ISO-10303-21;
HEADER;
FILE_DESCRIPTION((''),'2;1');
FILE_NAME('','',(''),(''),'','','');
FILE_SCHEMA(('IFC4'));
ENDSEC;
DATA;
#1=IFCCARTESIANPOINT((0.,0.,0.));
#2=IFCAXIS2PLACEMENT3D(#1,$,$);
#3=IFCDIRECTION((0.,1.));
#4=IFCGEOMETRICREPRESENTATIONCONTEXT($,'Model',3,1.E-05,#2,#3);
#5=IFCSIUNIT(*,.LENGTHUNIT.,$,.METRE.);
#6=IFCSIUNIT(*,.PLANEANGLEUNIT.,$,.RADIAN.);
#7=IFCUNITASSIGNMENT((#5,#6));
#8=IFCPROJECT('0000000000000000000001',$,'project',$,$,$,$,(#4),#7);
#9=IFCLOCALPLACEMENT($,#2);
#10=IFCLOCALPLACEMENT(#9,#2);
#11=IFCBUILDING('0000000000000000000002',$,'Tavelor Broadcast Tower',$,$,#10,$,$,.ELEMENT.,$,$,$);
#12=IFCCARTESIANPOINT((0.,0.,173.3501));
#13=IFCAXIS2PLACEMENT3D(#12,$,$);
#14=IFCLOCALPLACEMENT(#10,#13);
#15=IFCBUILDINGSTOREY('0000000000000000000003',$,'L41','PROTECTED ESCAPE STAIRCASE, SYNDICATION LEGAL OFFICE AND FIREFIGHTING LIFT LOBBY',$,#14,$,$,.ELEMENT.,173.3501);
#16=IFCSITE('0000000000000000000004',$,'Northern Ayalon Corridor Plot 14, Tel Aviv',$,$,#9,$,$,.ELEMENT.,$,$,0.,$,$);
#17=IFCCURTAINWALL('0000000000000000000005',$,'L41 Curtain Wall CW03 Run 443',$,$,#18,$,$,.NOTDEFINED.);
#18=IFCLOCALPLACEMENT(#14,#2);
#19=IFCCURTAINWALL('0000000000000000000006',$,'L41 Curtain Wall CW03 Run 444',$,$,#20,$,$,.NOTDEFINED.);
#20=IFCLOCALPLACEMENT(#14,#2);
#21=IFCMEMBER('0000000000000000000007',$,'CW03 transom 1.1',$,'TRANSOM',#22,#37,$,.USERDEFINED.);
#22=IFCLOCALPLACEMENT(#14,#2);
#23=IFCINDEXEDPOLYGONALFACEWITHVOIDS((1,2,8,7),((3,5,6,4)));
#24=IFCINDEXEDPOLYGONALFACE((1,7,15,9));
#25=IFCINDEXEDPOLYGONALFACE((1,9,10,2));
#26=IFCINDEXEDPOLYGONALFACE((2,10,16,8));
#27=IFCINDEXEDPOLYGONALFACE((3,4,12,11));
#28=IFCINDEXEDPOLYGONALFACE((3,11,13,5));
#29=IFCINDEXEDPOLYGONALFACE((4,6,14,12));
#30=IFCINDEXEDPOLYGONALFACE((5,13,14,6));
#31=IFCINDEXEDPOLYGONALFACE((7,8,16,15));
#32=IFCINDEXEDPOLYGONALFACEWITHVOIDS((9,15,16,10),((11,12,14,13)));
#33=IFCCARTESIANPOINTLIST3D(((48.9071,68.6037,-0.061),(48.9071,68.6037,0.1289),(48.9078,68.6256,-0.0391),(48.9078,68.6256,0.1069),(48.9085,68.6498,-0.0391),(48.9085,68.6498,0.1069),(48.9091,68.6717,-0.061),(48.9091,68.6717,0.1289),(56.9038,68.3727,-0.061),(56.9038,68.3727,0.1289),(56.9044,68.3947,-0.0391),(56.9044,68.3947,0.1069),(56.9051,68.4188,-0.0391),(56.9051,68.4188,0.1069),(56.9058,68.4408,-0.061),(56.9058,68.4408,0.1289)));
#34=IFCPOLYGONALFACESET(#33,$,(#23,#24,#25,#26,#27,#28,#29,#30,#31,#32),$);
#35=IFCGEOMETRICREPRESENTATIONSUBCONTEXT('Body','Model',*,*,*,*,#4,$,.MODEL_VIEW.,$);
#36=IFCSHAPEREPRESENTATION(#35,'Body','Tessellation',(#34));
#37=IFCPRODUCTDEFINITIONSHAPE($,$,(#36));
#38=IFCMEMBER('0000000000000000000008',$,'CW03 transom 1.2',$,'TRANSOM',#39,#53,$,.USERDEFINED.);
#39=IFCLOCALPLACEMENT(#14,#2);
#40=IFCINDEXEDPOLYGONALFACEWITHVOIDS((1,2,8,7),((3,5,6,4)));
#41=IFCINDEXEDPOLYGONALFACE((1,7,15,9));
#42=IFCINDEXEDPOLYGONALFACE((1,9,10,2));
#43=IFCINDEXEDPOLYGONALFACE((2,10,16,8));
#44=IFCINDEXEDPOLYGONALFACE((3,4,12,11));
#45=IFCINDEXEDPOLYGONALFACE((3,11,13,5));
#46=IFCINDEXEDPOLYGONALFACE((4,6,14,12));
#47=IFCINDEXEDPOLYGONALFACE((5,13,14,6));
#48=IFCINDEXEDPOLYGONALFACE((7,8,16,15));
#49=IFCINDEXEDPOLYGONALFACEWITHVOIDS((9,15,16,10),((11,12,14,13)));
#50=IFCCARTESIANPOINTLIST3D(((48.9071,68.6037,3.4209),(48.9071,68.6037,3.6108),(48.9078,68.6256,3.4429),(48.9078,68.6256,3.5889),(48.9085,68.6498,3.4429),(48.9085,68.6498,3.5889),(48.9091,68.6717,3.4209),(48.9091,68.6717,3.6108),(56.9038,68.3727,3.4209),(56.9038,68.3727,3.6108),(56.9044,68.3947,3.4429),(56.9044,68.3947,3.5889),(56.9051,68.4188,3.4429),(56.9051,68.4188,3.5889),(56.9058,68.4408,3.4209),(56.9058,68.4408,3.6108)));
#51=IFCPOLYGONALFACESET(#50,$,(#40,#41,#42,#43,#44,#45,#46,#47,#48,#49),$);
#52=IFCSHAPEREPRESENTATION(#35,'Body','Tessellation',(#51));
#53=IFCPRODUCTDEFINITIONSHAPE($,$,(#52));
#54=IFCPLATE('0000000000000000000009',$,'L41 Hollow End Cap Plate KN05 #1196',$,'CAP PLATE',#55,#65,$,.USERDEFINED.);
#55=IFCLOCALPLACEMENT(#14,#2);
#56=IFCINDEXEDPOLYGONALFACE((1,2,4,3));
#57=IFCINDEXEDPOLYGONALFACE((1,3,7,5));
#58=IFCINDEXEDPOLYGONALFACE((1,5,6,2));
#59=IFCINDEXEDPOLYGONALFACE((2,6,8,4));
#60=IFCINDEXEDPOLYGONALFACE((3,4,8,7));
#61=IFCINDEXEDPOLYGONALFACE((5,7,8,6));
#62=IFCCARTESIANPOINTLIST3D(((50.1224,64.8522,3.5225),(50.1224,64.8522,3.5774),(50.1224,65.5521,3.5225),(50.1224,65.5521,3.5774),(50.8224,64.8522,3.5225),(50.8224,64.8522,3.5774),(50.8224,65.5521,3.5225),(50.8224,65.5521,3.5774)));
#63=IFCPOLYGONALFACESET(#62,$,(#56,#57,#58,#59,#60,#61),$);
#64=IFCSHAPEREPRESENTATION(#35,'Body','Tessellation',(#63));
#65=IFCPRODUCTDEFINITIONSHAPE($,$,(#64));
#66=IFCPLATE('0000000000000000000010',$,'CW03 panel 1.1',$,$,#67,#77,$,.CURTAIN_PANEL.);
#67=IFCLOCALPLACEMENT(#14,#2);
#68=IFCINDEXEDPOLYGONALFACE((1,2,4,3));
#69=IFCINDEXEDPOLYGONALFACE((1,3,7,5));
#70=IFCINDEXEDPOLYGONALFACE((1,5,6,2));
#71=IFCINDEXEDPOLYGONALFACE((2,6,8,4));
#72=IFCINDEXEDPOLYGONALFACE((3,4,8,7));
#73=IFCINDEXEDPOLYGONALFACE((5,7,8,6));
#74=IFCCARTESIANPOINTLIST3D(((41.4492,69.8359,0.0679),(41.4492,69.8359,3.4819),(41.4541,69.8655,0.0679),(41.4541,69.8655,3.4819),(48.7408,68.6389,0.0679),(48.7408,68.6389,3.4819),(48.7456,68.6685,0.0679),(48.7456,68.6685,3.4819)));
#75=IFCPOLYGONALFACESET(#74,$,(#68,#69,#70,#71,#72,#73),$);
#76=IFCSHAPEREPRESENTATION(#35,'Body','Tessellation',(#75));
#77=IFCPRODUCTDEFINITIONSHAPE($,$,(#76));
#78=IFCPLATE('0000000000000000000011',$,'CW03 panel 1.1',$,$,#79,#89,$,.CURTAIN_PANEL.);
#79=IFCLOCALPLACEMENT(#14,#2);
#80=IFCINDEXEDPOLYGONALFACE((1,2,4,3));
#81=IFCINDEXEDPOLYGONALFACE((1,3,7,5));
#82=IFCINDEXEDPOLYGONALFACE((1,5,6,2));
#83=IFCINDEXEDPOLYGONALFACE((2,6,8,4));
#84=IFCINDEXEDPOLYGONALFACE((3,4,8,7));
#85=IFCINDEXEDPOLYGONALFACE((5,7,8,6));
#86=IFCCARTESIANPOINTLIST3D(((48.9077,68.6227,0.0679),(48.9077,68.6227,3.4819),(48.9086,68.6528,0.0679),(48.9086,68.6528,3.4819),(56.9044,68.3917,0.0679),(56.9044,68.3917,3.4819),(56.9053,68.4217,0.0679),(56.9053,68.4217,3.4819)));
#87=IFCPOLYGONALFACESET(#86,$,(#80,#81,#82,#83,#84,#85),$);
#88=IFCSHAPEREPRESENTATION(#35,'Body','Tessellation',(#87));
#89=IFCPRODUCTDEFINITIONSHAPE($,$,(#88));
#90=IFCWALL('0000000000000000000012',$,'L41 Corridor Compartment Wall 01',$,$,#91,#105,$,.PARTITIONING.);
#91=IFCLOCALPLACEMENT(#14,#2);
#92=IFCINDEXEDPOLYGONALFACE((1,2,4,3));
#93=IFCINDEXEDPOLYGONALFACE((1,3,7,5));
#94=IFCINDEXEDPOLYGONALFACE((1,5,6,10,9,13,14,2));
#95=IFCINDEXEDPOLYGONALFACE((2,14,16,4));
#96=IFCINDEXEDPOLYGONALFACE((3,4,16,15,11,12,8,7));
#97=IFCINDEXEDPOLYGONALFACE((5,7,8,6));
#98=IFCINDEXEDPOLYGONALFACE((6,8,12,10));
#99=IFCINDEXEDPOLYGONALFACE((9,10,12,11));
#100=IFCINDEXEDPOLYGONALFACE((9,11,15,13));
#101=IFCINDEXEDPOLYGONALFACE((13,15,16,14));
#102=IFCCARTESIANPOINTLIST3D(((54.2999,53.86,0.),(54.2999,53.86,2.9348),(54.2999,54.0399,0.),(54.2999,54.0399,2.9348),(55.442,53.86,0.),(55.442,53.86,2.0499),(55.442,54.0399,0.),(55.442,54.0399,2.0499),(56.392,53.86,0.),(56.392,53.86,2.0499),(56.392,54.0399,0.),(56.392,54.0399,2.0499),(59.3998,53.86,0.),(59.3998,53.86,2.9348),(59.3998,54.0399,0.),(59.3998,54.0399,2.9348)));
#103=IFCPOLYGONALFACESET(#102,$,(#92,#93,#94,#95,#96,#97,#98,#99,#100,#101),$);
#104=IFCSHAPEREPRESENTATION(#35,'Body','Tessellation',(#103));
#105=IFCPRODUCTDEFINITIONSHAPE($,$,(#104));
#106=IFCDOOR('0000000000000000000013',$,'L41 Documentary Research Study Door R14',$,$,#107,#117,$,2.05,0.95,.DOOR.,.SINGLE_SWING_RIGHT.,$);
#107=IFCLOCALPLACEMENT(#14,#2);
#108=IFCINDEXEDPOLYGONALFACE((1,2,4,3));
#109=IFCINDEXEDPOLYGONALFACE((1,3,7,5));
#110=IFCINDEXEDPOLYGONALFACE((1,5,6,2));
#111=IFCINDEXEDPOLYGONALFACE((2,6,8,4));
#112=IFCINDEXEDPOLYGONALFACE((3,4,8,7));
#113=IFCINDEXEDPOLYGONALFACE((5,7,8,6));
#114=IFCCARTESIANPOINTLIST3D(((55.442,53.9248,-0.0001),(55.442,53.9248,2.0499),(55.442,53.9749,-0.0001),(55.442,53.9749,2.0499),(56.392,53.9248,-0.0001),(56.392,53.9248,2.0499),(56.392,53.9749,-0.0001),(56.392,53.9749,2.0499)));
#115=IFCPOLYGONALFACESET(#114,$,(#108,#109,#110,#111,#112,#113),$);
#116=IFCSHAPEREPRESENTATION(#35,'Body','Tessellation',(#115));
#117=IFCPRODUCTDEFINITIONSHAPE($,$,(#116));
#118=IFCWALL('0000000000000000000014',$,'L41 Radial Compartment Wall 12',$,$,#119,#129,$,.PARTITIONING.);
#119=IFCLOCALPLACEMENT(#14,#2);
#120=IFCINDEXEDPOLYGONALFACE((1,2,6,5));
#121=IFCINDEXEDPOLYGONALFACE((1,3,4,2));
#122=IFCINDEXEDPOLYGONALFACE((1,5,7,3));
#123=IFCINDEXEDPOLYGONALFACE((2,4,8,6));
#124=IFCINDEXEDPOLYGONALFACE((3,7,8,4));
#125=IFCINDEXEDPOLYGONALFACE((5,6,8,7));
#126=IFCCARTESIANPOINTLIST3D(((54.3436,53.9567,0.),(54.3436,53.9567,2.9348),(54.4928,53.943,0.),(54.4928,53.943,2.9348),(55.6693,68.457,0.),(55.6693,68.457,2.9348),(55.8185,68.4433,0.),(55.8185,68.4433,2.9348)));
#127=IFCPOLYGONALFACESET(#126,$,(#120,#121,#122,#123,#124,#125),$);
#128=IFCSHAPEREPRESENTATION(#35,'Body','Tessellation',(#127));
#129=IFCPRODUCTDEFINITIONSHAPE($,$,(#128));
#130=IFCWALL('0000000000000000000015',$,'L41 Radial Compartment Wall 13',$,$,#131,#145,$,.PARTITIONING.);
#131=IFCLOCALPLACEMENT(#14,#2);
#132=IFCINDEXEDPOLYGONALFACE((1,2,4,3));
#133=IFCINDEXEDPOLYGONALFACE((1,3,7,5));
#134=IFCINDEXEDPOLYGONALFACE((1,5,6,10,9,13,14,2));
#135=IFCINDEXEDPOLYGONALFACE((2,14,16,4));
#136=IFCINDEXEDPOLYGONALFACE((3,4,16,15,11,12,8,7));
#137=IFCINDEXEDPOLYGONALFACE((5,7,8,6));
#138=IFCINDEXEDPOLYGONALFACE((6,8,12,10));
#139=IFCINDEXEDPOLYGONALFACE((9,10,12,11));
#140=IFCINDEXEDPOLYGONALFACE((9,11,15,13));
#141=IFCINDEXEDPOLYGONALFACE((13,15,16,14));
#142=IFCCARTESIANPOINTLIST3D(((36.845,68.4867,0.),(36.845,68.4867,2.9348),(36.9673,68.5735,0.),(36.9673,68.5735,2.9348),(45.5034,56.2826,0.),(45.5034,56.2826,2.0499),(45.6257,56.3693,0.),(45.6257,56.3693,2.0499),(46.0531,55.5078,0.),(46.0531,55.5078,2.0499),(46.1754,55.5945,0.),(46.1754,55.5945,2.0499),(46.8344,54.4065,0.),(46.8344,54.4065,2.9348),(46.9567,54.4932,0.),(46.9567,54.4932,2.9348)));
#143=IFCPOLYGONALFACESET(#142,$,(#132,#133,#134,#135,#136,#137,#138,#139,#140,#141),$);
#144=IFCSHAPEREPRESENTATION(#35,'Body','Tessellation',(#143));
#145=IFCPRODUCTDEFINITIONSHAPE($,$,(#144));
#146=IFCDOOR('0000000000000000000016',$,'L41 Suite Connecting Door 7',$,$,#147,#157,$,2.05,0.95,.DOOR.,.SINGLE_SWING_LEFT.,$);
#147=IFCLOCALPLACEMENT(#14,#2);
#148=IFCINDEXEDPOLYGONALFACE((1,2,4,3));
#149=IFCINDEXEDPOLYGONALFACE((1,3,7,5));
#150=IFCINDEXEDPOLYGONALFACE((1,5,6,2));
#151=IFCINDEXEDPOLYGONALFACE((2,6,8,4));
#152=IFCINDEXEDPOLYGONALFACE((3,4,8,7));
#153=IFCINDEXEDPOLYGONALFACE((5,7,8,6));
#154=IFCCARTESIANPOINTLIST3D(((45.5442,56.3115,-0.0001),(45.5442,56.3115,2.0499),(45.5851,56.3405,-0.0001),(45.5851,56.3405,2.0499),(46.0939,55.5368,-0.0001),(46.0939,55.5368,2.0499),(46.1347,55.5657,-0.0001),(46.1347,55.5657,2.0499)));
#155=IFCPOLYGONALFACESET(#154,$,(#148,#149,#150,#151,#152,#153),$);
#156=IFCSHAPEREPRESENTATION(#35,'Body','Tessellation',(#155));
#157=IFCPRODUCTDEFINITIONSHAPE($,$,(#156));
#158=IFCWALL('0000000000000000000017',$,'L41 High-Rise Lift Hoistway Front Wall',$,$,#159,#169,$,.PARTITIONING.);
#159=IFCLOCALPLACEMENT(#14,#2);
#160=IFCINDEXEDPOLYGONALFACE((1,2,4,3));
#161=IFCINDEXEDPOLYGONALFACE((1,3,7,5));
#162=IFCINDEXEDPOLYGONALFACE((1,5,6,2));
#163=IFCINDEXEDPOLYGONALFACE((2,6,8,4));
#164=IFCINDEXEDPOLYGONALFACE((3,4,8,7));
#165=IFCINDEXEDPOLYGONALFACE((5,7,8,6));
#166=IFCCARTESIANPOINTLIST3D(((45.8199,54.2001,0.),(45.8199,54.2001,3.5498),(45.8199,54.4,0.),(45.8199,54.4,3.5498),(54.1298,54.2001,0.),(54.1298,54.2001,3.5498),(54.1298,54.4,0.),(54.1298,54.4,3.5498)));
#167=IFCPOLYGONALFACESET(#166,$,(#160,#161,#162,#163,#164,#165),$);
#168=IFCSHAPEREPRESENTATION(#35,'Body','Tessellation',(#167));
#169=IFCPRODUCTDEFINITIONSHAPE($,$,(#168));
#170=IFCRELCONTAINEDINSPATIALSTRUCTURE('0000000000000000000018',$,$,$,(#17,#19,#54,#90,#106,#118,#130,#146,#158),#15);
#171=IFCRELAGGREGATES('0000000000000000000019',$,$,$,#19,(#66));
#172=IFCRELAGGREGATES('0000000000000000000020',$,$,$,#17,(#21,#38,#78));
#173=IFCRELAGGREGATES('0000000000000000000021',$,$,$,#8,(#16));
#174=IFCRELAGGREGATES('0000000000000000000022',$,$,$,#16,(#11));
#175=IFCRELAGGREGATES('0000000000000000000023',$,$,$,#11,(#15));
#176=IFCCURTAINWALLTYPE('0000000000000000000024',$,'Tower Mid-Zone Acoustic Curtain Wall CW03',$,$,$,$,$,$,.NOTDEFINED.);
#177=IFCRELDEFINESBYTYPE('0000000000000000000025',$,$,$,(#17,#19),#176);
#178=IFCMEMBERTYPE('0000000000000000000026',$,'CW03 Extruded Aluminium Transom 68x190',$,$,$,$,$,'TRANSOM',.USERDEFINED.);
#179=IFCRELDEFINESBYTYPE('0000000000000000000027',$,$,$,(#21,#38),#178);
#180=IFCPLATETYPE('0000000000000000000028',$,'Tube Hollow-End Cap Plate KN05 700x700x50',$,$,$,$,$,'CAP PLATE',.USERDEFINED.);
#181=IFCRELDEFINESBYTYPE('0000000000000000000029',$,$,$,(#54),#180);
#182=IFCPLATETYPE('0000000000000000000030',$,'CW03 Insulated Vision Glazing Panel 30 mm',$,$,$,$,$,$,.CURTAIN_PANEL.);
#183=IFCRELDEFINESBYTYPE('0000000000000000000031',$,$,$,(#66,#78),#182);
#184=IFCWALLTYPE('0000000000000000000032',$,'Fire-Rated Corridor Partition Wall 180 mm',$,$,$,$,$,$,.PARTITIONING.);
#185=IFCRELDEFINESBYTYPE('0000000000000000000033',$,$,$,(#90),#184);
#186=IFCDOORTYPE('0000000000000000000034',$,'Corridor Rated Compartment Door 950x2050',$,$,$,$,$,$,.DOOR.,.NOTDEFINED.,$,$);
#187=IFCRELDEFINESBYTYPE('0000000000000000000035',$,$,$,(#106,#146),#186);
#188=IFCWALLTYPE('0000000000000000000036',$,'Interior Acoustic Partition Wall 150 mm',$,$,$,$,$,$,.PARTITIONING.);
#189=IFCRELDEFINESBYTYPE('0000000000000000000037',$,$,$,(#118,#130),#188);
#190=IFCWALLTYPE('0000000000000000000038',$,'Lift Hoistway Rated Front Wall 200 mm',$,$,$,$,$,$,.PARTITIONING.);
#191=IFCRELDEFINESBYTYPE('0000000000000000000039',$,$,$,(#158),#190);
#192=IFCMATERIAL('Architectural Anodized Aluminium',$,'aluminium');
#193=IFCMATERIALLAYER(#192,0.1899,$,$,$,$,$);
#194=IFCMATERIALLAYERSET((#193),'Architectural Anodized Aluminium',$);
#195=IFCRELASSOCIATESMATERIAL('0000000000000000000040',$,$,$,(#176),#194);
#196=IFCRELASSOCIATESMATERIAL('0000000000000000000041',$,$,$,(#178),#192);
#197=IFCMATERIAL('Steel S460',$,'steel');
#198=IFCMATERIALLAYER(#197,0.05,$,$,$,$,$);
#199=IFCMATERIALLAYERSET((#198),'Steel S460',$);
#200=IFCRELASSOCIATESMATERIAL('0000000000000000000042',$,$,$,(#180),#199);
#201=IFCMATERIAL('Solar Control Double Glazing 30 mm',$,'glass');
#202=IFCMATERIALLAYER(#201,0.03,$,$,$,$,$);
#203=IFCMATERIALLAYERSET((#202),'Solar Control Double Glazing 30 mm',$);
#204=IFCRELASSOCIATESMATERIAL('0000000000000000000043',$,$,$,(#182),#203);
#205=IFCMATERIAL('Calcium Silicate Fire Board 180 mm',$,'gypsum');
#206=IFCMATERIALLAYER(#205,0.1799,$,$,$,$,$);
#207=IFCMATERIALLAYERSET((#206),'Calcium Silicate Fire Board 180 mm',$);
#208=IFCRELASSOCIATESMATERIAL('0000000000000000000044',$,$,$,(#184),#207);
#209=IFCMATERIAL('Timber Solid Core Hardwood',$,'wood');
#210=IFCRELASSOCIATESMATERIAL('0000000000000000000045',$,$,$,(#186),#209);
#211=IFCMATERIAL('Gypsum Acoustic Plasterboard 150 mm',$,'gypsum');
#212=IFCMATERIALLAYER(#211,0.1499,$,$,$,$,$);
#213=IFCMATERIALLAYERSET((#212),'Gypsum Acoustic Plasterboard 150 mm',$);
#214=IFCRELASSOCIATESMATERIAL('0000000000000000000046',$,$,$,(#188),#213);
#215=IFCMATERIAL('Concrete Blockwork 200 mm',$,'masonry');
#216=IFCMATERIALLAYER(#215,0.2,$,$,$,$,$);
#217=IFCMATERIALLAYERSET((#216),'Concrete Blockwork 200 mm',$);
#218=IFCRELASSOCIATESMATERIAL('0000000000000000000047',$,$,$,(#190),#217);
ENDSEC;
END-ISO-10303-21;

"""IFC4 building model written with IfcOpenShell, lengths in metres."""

from ifc_helpers import new_model, si_unit, direction, frame, frame_2d, origin, origin_2d, place, context, subcontext, project, spatial, rectangle, hollow_rectangle, extrude, source, transform, mapped, material, layer, layer_set, material_profile, profile_set, type_object, type_shapes, element, fill, aggregate, save


model = new_model("IFC4")

# Units and contexts
model_context = context("Model", 3, precision=1e-05, world=origin(), true_north=direction((0.0, 1.0)))
body_context = subcontext(model_context, "Body", "Model", "MODEL_VIEW")
ifc_project = project(units=[si_unit("LENGTHUNIT", "METRE"), si_unit("PLANEANGLEUNIT", "RADIAN")], contexts=[model_context])

# Site, building, storey
site_placement = place(None, origin())
site = spatial("IfcSite", under=ifc_project, at=site_placement, Name="Northern Ayalon Corridor Plot 14, Tel Aviv", CompositionType="ELEMENT", RefElevation=0.0)
building_placement = place(site_placement, origin())
building = spatial("IfcBuilding", under=site, at=building_placement, Name="Tavelor Broadcast Tower", CompositionType="ELEMENT")
storey_placement = place(building_placement, frame((0.0, 0.0, 173.3501)))
storey = spatial("IfcBuildingStorey", under=building, at=storey_placement, Name="L41", Description="PROTECTED ESCAPE STAIRCASE, SYNDICATION LEGAL OFFICE AND FIREFIGHTING LIFT LOBBY", CompositionType="ELEMENT", Elevation=173.3501)

# Shared definitions
ifc_material_1 = material(Name="Steel S460", Category="steel")

# Curtain walls
ifc_material_2 = material(Name="Architectural Anodized Aluminium", Category="aluminium")
ifc_layer_1 = layer(ifc_material_2, 0.1899)
ifc_layer_set_1 = layer_set([ifc_layer_1], Name="Architectural Anodized Aluminium")
curtain_wall_type = type_object("IfcCurtainWallType", Name="Tower Mid-Zone Acoustic Curtain Wall CW03", PredefinedType="NOTDEFINED", material=ifc_layer_set_1)
curtain_wall_1_placement = place(storey_placement, origin())
curtain_wall_1 = element("IfcCurtainWall", 1, at=curtain_wall_1_placement, inside=storey, type_object=curtain_wall_type, Name="L41 Curtain Wall CW03 Run 443", PredefinedType="NOTDEFINED")
curtain_wall_2_placement = place(storey_placement, origin())
curtain_wall_2 = element("IfcCurtainWall", 2, at=curtain_wall_2_placement, inside=storey, type_object=curtain_wall_type, Name="L41 Curtain Wall CW03 Run 444", PredefinedType="NOTDEFINED")
ifc_material_profile_1 = material_profile(ifc_material_2, hollow_rectangle(XDim=0.0681, YDim=0.1899, WallThickness=0.022, at=origin_2d()), Name="RHS 68x190x22")
ifc_profile_set_1 = profile_set([ifc_material_profile_1], Name="Architectural Anodized Aluminium")
member_type_1 = type_object("IfcMemberType", Name="CW03 Extruded Aluminium Transom 68x190", ElementType="TRANSOM", PredefinedType="USERDEFINED", material=ifc_profile_set_1)

# Members
shared_shape_1 = source(origin(), body_context, "Body", "SweptSolid", [
    extrude(hollow_rectangle(XDim=0.0681, YDim=0.1899, WallThickness=0.022, at=origin_2d()), origin(), (0.0, 0.0, 1.0), 8.0),
])
member_1_placement = place(storey_placement, frame((56.9048, 68.4067, 0.0339), z_axis=(-0.999583, 0.02887, 0.0), x_axis=(-0.02887, -0.999583, 0.0)))
member_1 = element("IfcMember", 3, at=member_1_placement, type_object=member_type_1, Name="CW03 transom 1.1", ObjectType="TRANSOM", PredefinedType="USERDEFINED", context=body_context, shape_type="MappedRepresentation", body=[
    mapped(shared_shape_1, transform((0.0, 0.0, 0.0), scale=1.0)),
])
member_2_placement = place(storey_placement, frame((56.9048, 68.4067, 3.5159), z_axis=(-0.999583, 0.02887, 0.0), x_axis=(-0.02887, -0.999583, 0.0)))
member_2 = element("IfcMember", 4, at=member_2_placement, type_object=member_type_1, Name="CW03 transom 1.2", ObjectType="TRANSOM", PredefinedType="USERDEFINED", context=body_context, shape_type="MappedRepresentation", body=[
    mapped(shared_shape_1, transform((0.0, 0.0, 0.0), scale=1.0)),
])

# Plates
ifc_layer_2 = layer(ifc_material_1, 0.05)
ifc_layer_set_2 = layer_set([ifc_layer_2], Name="Steel S460")
plate_type_1 = type_object("IfcPlateType", Name="Tube Hollow-End Cap Plate KN05 700x700x50", ElementType="CAP PLATE", PredefinedType="USERDEFINED", material=ifc_layer_set_2)
shared_shape_2 = source(origin(), body_context, "Body", "SweptSolid", [
    extrude(rectangle(XDim=0.7, YDim=0.7, at=origin_2d()), origin(), (0.0, 0.0, 1.0), 0.0549),
])
type_shapes(plate_type_1, [shared_shape_2])
plate_1_placement = place(storey_placement, frame((50.4724, 65.2021, 3.5225), z_axis=(0.0, 0.0, 1.0), x_axis=(1.0, 0.0, 0.0)))
element("IfcPlate", 5, at=plate_1_placement, inside=storey, type_object=plate_type_1, Name="L41 Hollow End Cap Plate KN05 #1196", ObjectType="CAP PLATE", PredefinedType="USERDEFINED", context=body_context, shape_type="MappedRepresentation", body=[
    mapped(shared_shape_2, transform((0.0, 0.0, 0.0), scale=1.0)),
])
ifc_material_3 = material(Name="Solar Control Double Glazing 30 mm", Category="glass")
ifc_layer_3 = layer(ifc_material_3, 0.03)
ifc_layer_set_3 = layer_set([ifc_layer_3], Name="Solar Control Double Glazing 30 mm")
plate_type_2 = type_object("IfcPlateType", Name="CW03 Insulated Vision Glazing Panel 30 mm", PredefinedType="CURTAIN_PANEL", material=ifc_layer_set_3)
shared_shape_3 = source(origin(), body_context, "Body", "SweptSolid", [
    extrude(rectangle(XDim=7.3892, YDim=0.03, at=origin_2d()), origin(), (0.0, 0.0, 1.0), 3.4141),
])
plate_2_placement = place(storey_placement, frame((45.0974, 69.2522, 0.0679), z_axis=(0.0, 0.0, 1.0), x_axis=(-0.98679, 0.162002, 0.0)))
plate_2 = element("IfcPlate", 6, at=plate_2_placement, type_object=plate_type_2, Name="CW03 panel 1.1", PredefinedType="CURTAIN_PANEL", context=body_context, shape_type="MappedRepresentation", body=[
    mapped(shared_shape_3, transform((0.0, 0.0, 0.0), scale=1.0)),
])
aggregate(curtain_wall_2, [plate_2])
shared_shape_4 = source(origin(), body_context, "Body", "SweptSolid", [
    extrude(rectangle(XDim=8.0, YDim=0.03, at=origin_2d()), origin(), (0.0, 0.0, 1.0), 3.4141),
])
type_shapes(plate_type_2, [shared_shape_3, shared_shape_4])
plate_3_placement = place(storey_placement, frame((52.9065, 68.5222, 0.0679), z_axis=(0.0, 0.0, 1.0), x_axis=(-0.999583, 0.028884, 0.0)))
plate_3 = element("IfcPlate", 7, at=plate_3_placement, type_object=plate_type_2, Name="CW03 panel 1.1", PredefinedType="CURTAIN_PANEL", context=body_context, shape_type="MappedRepresentation", body=[
    mapped(shared_shape_4, transform((0.0, 0.0, 0.0), scale=1.0)),
])
aggregate(curtain_wall_1, [member_1, member_2, plate_3])

# Wall, opening, door
ifc_material_4 = material(Name="Calcium Silicate Fire Board 180 mm", Category="gypsum")
ifc_layer_4 = layer(ifc_material_4, 0.1799)
ifc_layer_set_4 = layer_set([ifc_layer_4], Name="Calcium Silicate Fire Board 180 mm")
wall_type_1 = type_object("IfcWallType", Name="Fire-Rated Corridor Partition Wall 180 mm", PredefinedType="PARTITIONING", material=ifc_layer_set_4)
wall_1_placement = place(storey_placement, frame((54.3, 53.95, 0.0), z_axis=(0.0, 0.0, 1.0), x_axis=(1.0, 0.0, 0.0)))
wall_1 = element("IfcWall", 8, at=wall_1_placement, inside=storey, type_object=wall_type_1, Name="L41 Corridor Compartment Wall 01", PredefinedType="PARTITIONING", context=body_context, shape_type="SweptSolid", body=[
    extrude(rectangle(XDim=5.0999, YDim=0.1799, at=frame_2d((2.5498, 0.0))), origin(), (0.0, 0.0, 1.0), 2.9348),
])
opening_1_placement = place(wall_1_placement, frame((1.1418, 0.0, 0.0)))
opening_1 = element("IfcOpeningElement", 9, at=opening_1_placement, cuts=wall_1, PredefinedType="OPENING", context=body_context, shape_type="SweptSolid", body=[
    extrude(rectangle(XDim=0.95, YDim=2.05, at=frame_2d((0.4751, 1.0249))), frame((0.0, 0.1001, 0.0), z_axis=(0.0, -1.0, 0.0), x_axis=(1.0, 0.0, 0.0)), (0.0, 0.0, 1.0), 0.2),
])
ifc_material_5 = material(Name="Timber Solid Core Hardwood", Category="wood")
door_type = type_object("IfcDoorType", Name="Corridor Rated Compartment Door 950x2050", OperationType="NOTDEFINED", PredefinedType="DOOR", material=ifc_material_5)
door_1_placement = place(opening_1_placement, origin())
door_1 = element("IfcDoor", 10, at=door_1_placement, inside=storey, type_object=door_type, Name="L41 Documentary Research Study Door R14", OperationType="SINGLE_SWING_RIGHT", OverallHeight=2.05, OverallWidth=0.95, PredefinedType="DOOR", context=body_context, shape_type="SweptSolid", body=[
    extrude(rectangle(XDim=0.95, YDim=2.05, at=frame_2d((0.4751, 1.0249))), frame((0.0, 0.0249, 0.0), z_axis=(0.0, -1.0, 0.0), x_axis=(1.0, 0.0, 0.0)), (0.0, 0.0, 1.0), 0.05),
])
fill(opening_1, door_1)

# Wall
ifc_material_6 = material(Name="Gypsum Acoustic Plasterboard 150 mm", Category="gypsum")
ifc_layer_5 = layer(ifc_material_6, 0.1499)
ifc_layer_set_5 = layer_set([ifc_layer_5], Name="Gypsum Acoustic Plasterboard 150 mm")
wall_type_2 = type_object("IfcWallType", Name="Interior Acoustic Partition Wall 150 mm", PredefinedType="PARTITIONING", material=ifc_layer_set_5)
wall_2_placement = place(storey_placement, frame((54.4182, 53.95, 0.0), z_axis=(0.0, 0.0, 1.0), x_axis=(0.091045, 0.995847, 0.0)))
element("IfcWall", 11, at=wall_2_placement, inside=storey, type_object=wall_type_2, Name="L41 Radial Compartment Wall 12", PredefinedType="PARTITIONING", context=body_context, shape_type="SweptSolid", body=[
    extrude(rectangle(XDim=14.5608, YDim=0.1499, at=frame_2d((7.2803, 0.0))), origin(), (0.0, 0.0, 1.0), 2.9348),
])

# Wall, opening, door
wall_3_placement = place(storey_placement, frame((46.8955, 54.45, 0.0), z_axis=(0.0, 0.0, 1.0), x_axis=(-0.578632, 0.815589, 0.0)))
wall_3 = element("IfcWall", 12, at=wall_3_placement, inside=storey, type_object=wall_type_2, Name="L41 Radial Compartment Wall 13", PredefinedType="PARTITIONING", context=body_context, shape_type="SweptSolid", body=[
    extrude(rectangle(XDim=17.2639, YDim=0.1499, at=frame_2d((8.6318, 0.0))), origin(), (0.0, 0.0, 1.0), 2.9348),
])
opening_2_placement = place(wall_3_placement, frame((1.3501, 0.0, 0.0)))
opening_2 = element("IfcOpeningElement", 13, at=opening_2_placement, cuts=wall_3, PredefinedType="OPENING", context=body_context, shape_type="SweptSolid", body=[
    extrude(rectangle(XDim=0.95, YDim=2.05, at=frame_2d((0.4751, 1.0249))), frame((0.0, 0.085, 0.0), z_axis=(0.0, -1.0, 0.0), x_axis=(1.0, 0.0, 0.0)), (0.0, 0.0, 1.0), 0.1699),
])
door_2_placement = place(opening_2_placement, origin())
door_2 = element("IfcDoor", 14, at=door_2_placement, inside=storey, type_object=door_type, Name="L41 Suite Connecting Door 7", OperationType="SINGLE_SWING_LEFT", OverallHeight=2.05, OverallWidth=0.95, PredefinedType="DOOR", context=body_context, shape_type="SweptSolid", body=[
    extrude(rectangle(XDim=0.95, YDim=2.05, at=frame_2d((0.4751, 1.0249))), frame((0.0, 0.0249, 0.0), z_axis=(0.0, -1.0, 0.0), x_axis=(1.0, 0.0, 0.0)), (0.0, 0.0, 1.0), 0.05),
])
fill(opening_2, door_2)

# Wall
ifc_material_7 = material(Name="Concrete Blockwork 200 mm", Category="masonry")
ifc_layer_6 = layer(ifc_material_7, 0.2)
ifc_layer_set_6 = layer_set([ifc_layer_6], Name="Concrete Blockwork 200 mm")
wall_type_3 = type_object("IfcWallType", Name="Lift Hoistway Rated Front Wall 200 mm", PredefinedType="PARTITIONING", material=ifc_layer_set_6)
wall_4_placement = place(storey_placement, frame((45.8201, 54.3, 0.0), z_axis=(0.0, 0.0, 1.0), x_axis=(1.0, 0.0, 0.0)))
element("IfcWall", 15, at=wall_4_placement, inside=storey, type_object=wall_type_3, Name="L41 High-Rise Lift Hoistway Front Wall", PredefinedType="PARTITIONING", context=body_context, shape_type="SweptSolid", body=[
    extrude(rectangle(XDim=8.3098, YDim=0.2, at=frame_2d((4.1548, 0.0))), origin(), (0.0, 0.0, 1.0), 3.5498),
])

save(model, "model.ifc")
